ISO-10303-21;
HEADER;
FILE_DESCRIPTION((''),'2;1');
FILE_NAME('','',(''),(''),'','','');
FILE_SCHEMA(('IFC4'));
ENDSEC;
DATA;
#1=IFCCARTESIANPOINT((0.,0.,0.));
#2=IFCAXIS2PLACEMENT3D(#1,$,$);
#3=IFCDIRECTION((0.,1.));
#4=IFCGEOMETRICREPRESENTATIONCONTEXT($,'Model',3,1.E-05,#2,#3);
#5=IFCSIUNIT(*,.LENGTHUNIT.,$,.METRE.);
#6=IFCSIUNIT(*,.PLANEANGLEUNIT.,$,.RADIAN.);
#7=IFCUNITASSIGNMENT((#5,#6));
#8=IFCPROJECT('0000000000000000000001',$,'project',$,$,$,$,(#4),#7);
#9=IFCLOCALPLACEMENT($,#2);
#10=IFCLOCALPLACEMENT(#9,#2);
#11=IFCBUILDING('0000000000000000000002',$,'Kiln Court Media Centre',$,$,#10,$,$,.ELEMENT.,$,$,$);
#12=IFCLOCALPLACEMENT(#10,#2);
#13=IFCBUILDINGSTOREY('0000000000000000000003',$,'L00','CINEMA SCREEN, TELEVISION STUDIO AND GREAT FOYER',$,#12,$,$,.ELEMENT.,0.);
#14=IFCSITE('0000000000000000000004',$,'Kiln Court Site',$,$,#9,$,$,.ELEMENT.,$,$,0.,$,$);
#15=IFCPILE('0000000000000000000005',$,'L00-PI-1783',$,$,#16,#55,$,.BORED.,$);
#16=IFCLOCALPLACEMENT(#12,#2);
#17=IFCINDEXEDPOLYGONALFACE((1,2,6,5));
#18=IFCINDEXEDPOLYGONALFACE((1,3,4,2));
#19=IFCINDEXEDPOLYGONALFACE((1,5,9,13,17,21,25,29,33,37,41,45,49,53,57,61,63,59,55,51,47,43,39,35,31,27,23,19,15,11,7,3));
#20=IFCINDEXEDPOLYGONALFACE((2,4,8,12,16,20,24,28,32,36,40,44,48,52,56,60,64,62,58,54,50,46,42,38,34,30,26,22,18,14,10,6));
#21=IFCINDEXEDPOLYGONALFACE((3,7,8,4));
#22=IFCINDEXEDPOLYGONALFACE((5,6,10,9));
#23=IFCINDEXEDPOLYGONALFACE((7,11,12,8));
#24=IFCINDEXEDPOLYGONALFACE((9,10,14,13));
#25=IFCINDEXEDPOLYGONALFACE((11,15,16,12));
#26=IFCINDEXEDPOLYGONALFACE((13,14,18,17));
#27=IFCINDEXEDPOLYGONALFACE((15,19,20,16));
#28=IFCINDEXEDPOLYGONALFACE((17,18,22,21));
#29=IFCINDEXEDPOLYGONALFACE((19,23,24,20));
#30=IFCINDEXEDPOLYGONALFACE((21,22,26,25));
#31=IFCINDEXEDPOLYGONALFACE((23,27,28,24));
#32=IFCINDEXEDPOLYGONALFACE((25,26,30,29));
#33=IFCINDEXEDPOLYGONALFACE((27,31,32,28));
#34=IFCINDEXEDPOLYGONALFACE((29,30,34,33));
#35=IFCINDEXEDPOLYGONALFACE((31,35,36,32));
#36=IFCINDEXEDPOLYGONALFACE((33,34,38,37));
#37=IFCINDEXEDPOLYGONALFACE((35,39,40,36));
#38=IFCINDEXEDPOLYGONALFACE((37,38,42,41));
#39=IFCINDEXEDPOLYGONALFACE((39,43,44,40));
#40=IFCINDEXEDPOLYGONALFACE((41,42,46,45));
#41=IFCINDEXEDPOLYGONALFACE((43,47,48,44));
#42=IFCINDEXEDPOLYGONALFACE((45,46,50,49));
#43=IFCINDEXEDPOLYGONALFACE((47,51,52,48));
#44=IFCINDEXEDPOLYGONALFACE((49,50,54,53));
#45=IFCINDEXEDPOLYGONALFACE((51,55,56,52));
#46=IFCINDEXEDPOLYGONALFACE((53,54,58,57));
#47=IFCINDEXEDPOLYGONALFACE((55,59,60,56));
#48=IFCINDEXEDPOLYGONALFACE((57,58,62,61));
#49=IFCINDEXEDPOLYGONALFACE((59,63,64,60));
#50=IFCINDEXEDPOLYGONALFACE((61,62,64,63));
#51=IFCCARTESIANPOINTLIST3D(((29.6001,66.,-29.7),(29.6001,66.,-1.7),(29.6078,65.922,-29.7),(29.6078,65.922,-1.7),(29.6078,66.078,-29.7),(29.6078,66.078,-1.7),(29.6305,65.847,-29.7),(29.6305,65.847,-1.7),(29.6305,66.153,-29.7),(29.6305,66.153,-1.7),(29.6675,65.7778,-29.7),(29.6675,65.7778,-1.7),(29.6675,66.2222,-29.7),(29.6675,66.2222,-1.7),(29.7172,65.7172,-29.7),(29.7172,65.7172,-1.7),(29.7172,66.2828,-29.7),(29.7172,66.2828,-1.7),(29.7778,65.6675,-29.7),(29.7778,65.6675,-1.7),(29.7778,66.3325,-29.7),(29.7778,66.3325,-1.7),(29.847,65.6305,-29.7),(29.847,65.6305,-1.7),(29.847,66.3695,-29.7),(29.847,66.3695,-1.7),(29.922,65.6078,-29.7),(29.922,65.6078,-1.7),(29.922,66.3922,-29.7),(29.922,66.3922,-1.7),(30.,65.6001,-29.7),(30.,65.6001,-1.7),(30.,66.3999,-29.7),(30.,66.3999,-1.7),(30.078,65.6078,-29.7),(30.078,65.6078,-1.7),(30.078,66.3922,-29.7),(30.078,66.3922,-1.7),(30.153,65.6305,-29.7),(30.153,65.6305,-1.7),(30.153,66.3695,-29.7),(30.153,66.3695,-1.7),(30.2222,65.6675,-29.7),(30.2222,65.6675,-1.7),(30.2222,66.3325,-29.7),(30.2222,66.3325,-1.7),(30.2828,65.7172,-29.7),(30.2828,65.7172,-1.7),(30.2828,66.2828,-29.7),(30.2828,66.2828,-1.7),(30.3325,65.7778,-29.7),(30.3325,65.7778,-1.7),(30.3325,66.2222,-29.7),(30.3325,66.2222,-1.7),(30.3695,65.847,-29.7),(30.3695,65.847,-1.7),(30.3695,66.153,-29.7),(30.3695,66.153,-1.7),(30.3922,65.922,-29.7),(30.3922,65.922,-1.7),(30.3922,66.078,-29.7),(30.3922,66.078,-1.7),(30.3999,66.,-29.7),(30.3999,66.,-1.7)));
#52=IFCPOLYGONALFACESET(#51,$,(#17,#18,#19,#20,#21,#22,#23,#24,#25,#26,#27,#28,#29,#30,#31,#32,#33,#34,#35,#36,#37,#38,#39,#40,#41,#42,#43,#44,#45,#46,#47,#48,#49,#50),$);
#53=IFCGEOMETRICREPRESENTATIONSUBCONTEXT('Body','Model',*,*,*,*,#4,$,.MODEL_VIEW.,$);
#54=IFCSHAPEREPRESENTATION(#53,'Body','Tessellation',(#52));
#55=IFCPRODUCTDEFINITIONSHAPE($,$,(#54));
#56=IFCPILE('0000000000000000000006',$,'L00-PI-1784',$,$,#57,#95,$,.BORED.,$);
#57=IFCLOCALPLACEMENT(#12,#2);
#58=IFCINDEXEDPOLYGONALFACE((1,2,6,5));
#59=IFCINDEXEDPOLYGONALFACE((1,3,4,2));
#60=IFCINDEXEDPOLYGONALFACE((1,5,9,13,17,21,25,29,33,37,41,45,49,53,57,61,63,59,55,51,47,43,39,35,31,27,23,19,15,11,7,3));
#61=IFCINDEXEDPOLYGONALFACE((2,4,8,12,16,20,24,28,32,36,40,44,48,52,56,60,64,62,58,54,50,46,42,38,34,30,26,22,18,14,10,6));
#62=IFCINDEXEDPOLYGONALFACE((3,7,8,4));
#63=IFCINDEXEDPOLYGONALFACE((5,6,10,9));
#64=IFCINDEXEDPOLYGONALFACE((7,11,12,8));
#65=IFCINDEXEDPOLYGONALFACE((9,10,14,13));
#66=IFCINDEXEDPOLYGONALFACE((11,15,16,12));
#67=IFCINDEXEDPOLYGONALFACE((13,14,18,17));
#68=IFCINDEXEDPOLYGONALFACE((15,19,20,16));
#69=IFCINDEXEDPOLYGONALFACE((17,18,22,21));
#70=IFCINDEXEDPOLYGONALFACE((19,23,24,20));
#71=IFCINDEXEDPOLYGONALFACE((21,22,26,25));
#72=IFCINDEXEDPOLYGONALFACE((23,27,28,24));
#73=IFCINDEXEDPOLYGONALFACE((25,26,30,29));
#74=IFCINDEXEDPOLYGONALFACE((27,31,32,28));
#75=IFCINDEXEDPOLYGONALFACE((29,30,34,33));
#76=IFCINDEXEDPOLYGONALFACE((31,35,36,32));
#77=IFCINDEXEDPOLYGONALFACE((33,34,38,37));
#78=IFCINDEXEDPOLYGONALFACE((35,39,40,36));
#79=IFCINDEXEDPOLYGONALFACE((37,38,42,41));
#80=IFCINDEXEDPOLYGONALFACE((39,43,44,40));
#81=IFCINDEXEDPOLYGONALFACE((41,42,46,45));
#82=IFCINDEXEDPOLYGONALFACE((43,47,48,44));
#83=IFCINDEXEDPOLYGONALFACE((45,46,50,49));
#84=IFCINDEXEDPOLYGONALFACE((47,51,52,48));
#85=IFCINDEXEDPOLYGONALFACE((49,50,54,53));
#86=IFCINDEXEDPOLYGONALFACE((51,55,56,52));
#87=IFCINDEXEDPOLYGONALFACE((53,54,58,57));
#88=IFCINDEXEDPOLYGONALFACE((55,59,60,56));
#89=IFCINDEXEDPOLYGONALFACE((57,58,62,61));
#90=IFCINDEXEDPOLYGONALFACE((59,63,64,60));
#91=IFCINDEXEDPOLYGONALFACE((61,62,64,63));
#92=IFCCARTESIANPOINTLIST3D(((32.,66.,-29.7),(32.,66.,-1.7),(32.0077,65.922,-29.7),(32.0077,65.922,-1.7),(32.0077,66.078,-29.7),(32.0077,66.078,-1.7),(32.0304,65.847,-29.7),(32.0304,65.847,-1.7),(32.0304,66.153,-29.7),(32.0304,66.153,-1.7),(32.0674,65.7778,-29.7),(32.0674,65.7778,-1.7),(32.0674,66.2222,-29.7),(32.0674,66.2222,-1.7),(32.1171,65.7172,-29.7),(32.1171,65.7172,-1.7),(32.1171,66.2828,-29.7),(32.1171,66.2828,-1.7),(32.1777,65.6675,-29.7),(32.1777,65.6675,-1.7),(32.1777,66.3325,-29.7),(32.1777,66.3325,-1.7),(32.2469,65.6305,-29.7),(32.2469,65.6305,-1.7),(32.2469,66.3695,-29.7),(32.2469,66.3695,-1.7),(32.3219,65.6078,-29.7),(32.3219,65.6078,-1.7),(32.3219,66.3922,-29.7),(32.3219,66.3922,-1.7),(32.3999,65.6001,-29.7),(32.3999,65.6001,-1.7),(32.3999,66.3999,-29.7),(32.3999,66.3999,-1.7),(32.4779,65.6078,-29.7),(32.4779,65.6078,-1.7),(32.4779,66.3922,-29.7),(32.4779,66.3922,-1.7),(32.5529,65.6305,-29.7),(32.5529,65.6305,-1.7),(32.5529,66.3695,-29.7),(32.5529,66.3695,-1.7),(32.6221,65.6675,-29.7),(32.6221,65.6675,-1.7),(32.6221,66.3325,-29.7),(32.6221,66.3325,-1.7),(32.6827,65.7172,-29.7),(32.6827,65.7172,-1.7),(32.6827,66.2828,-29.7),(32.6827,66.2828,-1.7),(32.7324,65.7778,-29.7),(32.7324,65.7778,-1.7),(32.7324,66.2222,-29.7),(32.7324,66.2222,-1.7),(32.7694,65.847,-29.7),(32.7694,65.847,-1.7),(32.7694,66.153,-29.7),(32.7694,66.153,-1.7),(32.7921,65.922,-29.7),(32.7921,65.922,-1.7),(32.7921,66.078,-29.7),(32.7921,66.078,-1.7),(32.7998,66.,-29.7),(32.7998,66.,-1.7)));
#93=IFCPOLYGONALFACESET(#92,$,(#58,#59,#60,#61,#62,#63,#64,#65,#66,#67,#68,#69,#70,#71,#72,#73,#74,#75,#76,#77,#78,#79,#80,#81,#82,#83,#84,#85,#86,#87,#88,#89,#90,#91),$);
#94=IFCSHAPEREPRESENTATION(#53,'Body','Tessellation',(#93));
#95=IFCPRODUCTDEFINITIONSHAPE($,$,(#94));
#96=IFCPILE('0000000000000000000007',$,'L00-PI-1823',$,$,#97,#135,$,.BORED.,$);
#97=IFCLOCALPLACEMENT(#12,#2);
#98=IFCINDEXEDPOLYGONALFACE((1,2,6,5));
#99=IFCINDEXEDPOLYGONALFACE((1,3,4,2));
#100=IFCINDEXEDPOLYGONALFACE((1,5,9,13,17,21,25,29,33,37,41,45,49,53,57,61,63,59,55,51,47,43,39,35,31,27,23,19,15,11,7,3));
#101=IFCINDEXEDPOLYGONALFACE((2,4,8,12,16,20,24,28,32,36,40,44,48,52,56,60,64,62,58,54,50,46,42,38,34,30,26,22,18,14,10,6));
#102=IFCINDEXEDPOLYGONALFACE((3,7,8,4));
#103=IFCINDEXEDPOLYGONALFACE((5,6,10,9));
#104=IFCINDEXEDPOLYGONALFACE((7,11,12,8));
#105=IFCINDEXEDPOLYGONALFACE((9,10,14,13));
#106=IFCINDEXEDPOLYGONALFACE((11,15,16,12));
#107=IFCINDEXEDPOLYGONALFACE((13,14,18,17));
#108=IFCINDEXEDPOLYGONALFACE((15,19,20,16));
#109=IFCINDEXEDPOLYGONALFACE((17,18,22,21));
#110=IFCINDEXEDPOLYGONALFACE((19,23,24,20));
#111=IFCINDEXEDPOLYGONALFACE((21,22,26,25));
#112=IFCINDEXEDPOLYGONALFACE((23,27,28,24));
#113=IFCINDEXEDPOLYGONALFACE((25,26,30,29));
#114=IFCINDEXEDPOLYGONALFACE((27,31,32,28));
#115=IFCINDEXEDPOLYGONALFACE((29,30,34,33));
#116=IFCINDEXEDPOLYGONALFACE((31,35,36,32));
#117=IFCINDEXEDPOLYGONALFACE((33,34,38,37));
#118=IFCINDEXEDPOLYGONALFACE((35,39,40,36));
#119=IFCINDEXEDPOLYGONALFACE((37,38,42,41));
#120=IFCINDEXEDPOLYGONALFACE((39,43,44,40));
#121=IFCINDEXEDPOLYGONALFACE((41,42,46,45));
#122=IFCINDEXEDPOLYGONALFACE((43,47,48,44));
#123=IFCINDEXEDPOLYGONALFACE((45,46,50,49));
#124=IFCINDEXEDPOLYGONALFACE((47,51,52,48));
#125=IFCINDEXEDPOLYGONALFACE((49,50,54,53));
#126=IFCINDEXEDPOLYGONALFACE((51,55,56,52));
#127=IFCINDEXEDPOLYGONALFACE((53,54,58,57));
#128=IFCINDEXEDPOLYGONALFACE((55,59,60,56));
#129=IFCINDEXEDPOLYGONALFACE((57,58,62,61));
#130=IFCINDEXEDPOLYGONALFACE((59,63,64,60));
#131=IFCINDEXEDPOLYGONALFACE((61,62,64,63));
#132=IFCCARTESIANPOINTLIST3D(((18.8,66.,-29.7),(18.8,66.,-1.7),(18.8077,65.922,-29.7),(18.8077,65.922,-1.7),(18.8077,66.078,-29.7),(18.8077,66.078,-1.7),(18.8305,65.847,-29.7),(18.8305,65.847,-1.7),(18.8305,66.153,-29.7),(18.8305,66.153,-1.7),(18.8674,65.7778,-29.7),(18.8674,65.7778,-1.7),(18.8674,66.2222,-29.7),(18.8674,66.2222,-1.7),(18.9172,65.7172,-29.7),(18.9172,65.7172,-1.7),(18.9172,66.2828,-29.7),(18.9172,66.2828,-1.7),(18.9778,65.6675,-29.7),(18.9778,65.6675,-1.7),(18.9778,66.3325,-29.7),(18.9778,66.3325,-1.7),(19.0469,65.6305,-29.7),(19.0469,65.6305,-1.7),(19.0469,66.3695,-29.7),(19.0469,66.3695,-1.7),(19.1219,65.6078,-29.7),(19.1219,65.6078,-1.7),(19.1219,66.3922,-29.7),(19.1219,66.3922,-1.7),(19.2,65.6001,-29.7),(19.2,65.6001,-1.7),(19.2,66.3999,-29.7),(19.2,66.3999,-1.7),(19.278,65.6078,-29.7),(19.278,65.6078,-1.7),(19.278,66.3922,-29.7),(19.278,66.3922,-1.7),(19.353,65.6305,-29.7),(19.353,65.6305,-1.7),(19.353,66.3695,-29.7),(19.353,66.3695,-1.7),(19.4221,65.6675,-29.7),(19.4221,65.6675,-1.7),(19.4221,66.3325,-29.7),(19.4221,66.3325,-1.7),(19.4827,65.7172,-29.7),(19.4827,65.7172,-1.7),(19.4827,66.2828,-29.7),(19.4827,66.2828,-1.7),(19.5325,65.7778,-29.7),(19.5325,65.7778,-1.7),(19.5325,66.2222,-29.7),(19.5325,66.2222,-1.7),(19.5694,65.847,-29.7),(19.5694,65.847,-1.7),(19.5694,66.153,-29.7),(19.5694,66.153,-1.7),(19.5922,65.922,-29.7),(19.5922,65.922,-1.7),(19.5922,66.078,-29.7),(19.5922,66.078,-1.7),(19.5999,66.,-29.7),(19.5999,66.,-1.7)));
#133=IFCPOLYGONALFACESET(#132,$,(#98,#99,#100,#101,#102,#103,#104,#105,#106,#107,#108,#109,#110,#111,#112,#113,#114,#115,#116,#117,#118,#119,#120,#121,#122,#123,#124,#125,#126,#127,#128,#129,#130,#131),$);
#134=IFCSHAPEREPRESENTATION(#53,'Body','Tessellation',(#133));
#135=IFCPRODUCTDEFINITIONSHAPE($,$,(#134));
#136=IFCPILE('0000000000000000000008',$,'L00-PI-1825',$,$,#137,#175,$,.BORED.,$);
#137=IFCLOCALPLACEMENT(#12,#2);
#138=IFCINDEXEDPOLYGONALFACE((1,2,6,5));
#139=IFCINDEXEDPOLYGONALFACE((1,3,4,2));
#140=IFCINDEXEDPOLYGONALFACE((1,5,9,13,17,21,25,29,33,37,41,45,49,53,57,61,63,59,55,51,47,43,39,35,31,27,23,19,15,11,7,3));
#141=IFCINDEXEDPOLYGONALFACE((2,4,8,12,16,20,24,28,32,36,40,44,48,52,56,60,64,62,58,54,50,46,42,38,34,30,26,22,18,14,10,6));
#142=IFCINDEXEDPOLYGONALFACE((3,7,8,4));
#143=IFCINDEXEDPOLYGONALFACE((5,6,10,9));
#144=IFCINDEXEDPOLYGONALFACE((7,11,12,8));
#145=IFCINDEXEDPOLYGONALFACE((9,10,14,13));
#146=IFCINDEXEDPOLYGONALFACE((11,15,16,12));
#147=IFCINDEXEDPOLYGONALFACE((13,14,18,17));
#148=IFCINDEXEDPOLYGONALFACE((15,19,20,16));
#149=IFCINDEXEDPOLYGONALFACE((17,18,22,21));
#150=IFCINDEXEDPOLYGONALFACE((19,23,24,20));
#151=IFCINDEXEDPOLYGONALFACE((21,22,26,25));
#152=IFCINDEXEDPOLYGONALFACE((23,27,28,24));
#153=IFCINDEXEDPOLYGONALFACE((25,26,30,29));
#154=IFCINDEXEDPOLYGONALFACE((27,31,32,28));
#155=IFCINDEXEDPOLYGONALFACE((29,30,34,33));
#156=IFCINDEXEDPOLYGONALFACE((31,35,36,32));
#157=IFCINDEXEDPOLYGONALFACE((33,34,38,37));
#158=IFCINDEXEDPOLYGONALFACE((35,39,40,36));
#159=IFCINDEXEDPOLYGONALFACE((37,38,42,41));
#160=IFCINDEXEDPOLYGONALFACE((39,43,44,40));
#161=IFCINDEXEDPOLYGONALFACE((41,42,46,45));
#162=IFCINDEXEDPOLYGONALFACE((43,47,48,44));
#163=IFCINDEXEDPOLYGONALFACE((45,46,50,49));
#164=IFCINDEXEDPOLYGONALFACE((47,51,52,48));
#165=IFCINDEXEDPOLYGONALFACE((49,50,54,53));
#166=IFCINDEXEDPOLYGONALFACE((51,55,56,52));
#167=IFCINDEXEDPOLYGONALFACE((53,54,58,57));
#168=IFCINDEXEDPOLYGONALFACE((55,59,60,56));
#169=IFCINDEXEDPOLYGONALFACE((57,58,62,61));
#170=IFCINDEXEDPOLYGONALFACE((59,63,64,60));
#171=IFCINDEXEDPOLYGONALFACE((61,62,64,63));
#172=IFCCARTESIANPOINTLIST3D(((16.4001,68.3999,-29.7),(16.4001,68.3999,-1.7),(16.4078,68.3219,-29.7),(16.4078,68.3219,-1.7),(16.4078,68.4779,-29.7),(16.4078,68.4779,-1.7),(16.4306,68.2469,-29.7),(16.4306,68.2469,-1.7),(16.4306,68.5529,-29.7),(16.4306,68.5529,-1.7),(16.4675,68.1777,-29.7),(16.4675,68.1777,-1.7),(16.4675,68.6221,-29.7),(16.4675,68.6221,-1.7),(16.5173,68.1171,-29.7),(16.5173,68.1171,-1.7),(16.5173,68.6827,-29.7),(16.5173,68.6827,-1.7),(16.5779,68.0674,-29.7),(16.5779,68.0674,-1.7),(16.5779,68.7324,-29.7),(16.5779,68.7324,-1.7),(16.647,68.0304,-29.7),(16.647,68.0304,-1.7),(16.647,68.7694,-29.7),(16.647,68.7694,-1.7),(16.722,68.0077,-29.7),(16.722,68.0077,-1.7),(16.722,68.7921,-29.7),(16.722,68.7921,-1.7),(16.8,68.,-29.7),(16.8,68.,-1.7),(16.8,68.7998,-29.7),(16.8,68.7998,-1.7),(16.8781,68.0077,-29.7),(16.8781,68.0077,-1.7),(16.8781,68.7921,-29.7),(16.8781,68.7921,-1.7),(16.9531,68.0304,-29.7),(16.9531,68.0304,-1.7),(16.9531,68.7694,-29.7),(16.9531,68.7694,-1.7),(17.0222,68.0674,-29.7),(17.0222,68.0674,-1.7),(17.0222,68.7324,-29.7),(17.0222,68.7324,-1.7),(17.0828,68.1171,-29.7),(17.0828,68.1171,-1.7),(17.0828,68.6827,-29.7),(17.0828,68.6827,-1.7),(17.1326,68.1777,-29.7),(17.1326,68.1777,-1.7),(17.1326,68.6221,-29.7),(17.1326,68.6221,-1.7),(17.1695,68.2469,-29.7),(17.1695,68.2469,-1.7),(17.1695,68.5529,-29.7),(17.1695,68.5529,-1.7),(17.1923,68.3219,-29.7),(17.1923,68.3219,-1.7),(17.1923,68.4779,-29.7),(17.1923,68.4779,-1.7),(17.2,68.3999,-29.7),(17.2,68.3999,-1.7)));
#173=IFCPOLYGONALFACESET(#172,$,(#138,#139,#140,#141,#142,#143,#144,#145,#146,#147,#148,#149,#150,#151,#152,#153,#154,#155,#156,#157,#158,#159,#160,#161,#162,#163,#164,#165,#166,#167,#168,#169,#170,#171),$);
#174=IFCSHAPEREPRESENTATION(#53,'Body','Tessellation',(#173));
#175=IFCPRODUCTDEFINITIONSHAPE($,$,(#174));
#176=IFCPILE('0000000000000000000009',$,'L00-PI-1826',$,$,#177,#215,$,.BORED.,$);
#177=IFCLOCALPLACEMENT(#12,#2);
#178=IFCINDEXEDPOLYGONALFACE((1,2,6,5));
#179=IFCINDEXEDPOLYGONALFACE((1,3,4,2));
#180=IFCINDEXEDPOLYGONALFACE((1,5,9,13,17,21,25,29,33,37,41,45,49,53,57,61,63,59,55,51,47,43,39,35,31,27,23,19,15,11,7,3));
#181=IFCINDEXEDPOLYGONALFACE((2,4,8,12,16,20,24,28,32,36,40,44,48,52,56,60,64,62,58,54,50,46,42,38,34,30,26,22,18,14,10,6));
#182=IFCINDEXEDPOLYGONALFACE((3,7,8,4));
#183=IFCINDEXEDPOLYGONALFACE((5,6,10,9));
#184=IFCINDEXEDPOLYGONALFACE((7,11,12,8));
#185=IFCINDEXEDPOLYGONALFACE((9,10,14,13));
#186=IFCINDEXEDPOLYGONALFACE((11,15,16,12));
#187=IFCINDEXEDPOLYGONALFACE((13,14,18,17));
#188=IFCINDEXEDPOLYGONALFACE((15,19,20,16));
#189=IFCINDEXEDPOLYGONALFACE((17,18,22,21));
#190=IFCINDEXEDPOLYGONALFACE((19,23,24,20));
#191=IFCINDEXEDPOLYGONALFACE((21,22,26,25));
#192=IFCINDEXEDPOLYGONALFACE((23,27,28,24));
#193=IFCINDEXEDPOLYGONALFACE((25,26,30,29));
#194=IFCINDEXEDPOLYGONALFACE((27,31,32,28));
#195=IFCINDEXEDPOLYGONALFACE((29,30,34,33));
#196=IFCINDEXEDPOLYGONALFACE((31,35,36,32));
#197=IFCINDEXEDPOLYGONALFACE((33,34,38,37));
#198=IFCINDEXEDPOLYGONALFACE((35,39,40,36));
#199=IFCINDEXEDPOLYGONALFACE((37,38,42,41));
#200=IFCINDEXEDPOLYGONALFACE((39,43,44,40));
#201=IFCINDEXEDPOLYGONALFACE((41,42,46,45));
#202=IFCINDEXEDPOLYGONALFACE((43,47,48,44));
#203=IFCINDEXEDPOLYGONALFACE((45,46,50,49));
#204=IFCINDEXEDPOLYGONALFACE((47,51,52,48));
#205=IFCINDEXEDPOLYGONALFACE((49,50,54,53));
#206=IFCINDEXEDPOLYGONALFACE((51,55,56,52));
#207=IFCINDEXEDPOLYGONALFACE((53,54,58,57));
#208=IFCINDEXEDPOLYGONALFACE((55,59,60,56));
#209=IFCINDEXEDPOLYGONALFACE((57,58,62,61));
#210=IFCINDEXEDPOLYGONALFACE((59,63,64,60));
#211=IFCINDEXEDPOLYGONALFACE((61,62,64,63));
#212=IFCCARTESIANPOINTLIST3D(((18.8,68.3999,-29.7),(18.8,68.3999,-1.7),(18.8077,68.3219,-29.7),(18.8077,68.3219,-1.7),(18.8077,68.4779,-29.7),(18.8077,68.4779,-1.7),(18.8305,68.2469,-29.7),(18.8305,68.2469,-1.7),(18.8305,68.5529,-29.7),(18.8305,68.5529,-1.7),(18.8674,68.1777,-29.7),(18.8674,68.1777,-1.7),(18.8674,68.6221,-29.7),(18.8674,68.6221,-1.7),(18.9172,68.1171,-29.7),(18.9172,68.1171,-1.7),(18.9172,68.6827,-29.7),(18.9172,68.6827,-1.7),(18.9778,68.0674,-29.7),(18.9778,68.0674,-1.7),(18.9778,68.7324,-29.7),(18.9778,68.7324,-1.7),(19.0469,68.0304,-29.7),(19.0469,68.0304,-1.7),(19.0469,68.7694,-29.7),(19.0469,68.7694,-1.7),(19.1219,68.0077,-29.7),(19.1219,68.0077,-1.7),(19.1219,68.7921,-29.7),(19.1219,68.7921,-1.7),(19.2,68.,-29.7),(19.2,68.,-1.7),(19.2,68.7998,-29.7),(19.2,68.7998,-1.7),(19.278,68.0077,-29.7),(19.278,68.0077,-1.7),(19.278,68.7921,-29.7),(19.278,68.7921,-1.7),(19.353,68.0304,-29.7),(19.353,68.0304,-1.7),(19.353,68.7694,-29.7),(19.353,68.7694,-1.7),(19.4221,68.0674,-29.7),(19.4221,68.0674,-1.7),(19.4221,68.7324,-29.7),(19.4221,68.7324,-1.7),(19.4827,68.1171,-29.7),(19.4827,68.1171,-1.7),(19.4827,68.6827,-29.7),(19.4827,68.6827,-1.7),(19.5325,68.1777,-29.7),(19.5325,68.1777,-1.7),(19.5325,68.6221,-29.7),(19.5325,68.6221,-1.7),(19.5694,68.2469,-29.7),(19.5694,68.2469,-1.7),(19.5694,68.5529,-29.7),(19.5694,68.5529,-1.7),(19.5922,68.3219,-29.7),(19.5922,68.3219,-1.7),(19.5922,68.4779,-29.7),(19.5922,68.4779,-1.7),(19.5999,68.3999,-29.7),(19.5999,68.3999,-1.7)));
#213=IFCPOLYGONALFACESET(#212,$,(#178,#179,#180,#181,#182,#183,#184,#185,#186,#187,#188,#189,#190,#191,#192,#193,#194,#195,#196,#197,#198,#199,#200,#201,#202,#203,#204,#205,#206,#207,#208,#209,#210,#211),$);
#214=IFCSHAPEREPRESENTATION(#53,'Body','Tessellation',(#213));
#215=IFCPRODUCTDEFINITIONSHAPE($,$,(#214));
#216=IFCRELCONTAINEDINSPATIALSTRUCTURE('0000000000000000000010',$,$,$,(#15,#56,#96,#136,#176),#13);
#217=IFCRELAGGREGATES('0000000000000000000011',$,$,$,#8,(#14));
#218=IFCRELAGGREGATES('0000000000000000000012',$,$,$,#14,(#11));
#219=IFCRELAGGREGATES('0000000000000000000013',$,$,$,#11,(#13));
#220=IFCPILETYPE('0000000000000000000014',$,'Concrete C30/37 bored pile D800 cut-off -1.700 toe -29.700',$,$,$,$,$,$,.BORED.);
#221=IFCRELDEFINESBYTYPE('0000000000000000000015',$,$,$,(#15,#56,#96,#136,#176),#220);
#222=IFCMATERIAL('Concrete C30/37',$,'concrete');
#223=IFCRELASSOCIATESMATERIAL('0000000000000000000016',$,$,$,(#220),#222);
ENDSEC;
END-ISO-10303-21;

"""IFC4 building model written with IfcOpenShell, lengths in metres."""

from ifc_helpers import new_model, si_unit, direction, frame, origin, origin_2d, place, context, subcontext, project, spatial, circle, extrude, material, material_profile, profile_set, type_object, element, save


model = new_model("IFC4")

# Units and contexts
model_context = context("Model", 3, precision=1e-05, world=origin(), true_north=direction((0.0, 1.0)))
body_context = subcontext(model_context, "Body", "Model", "MODEL_VIEW")
ifc_project = project(units=[si_unit("LENGTHUNIT", "METRE"), si_unit("PLANEANGLEUNIT", "RADIAN")], contexts=[model_context])

# Site, building, storey
site_placement = place(None, origin())
site = spatial("IfcSite", under=ifc_project, at=site_placement, Name="Kiln Court Site", CompositionType="ELEMENT", RefElevation=0.0)
building_placement = place(site_placement, origin())
building = spatial("IfcBuilding", under=site, at=building_placement, Name="Kiln Court Media Centre", CompositionType="ELEMENT")
storey_placement = place(building_placement, origin())
storey = spatial("IfcBuildingStorey", under=building, at=storey_placement, Name="L00", Description="CINEMA SCREEN, TELEVISION STUDIO AND GREAT FOYER", CompositionType="ELEMENT", Elevation=0.0)

# Piles
ifc_material_1 = material(Name="Concrete C30/37", Category="concrete")
ifc_material_profile_1 = material_profile(ifc_material_1, circle(Radius=0.3999, at=origin_2d()), Name="PILE D800")
ifc_profile_set_1 = profile_set([ifc_material_profile_1], Name="Concrete C30/37")
pile_type = type_object("IfcPileType", Name="Concrete C30/37 bored pile D800 cut-off -1.700 toe -29.700", PredefinedType="BORED", material=ifc_profile_set_1)
for number, where, z_axis, x_axis, name in (
    (1, (30.0, 66.0, -1.7), (0.0, 0.0, -1.0), (1.0, 0.0, 0.0), "L00-PI-1783"),
    (2, (32.3999, 66.0, -1.7), (0.0, 0.0, -1.0), (1.0, 0.0, 0.0), "L00-PI-1784"),
    (3, (19.2, 66.0, -1.7), (0.0, 0.0, -1.0), (1.0, 0.0, 0.0), "L00-PI-1823"),
    (4, (16.8, 68.3999, -1.7), (0.0, 0.0, -1.0), (1.0, 0.0, 0.0), "L00-PI-1825"),
    (5, (19.2, 68.3999, -1.7), (0.0, 0.0, -1.0), (1.0, 0.0, 0.0), "L00-PI-1826"),
):
    element("IfcPile", number, at=place(storey_placement, frame(where, z_axis=z_axis, x_axis=x_axis)), inside=storey, type_object=pile_type, Name=name, PredefinedType="BORED", context=body_context, shape_type="SweptSolid", body=[
        extrude(circle(Radius=0.3999, at=origin_2d()), origin(), (0.0, 0.0, 1.0), 28.0),
    ])

save(model, "model.ifc")
